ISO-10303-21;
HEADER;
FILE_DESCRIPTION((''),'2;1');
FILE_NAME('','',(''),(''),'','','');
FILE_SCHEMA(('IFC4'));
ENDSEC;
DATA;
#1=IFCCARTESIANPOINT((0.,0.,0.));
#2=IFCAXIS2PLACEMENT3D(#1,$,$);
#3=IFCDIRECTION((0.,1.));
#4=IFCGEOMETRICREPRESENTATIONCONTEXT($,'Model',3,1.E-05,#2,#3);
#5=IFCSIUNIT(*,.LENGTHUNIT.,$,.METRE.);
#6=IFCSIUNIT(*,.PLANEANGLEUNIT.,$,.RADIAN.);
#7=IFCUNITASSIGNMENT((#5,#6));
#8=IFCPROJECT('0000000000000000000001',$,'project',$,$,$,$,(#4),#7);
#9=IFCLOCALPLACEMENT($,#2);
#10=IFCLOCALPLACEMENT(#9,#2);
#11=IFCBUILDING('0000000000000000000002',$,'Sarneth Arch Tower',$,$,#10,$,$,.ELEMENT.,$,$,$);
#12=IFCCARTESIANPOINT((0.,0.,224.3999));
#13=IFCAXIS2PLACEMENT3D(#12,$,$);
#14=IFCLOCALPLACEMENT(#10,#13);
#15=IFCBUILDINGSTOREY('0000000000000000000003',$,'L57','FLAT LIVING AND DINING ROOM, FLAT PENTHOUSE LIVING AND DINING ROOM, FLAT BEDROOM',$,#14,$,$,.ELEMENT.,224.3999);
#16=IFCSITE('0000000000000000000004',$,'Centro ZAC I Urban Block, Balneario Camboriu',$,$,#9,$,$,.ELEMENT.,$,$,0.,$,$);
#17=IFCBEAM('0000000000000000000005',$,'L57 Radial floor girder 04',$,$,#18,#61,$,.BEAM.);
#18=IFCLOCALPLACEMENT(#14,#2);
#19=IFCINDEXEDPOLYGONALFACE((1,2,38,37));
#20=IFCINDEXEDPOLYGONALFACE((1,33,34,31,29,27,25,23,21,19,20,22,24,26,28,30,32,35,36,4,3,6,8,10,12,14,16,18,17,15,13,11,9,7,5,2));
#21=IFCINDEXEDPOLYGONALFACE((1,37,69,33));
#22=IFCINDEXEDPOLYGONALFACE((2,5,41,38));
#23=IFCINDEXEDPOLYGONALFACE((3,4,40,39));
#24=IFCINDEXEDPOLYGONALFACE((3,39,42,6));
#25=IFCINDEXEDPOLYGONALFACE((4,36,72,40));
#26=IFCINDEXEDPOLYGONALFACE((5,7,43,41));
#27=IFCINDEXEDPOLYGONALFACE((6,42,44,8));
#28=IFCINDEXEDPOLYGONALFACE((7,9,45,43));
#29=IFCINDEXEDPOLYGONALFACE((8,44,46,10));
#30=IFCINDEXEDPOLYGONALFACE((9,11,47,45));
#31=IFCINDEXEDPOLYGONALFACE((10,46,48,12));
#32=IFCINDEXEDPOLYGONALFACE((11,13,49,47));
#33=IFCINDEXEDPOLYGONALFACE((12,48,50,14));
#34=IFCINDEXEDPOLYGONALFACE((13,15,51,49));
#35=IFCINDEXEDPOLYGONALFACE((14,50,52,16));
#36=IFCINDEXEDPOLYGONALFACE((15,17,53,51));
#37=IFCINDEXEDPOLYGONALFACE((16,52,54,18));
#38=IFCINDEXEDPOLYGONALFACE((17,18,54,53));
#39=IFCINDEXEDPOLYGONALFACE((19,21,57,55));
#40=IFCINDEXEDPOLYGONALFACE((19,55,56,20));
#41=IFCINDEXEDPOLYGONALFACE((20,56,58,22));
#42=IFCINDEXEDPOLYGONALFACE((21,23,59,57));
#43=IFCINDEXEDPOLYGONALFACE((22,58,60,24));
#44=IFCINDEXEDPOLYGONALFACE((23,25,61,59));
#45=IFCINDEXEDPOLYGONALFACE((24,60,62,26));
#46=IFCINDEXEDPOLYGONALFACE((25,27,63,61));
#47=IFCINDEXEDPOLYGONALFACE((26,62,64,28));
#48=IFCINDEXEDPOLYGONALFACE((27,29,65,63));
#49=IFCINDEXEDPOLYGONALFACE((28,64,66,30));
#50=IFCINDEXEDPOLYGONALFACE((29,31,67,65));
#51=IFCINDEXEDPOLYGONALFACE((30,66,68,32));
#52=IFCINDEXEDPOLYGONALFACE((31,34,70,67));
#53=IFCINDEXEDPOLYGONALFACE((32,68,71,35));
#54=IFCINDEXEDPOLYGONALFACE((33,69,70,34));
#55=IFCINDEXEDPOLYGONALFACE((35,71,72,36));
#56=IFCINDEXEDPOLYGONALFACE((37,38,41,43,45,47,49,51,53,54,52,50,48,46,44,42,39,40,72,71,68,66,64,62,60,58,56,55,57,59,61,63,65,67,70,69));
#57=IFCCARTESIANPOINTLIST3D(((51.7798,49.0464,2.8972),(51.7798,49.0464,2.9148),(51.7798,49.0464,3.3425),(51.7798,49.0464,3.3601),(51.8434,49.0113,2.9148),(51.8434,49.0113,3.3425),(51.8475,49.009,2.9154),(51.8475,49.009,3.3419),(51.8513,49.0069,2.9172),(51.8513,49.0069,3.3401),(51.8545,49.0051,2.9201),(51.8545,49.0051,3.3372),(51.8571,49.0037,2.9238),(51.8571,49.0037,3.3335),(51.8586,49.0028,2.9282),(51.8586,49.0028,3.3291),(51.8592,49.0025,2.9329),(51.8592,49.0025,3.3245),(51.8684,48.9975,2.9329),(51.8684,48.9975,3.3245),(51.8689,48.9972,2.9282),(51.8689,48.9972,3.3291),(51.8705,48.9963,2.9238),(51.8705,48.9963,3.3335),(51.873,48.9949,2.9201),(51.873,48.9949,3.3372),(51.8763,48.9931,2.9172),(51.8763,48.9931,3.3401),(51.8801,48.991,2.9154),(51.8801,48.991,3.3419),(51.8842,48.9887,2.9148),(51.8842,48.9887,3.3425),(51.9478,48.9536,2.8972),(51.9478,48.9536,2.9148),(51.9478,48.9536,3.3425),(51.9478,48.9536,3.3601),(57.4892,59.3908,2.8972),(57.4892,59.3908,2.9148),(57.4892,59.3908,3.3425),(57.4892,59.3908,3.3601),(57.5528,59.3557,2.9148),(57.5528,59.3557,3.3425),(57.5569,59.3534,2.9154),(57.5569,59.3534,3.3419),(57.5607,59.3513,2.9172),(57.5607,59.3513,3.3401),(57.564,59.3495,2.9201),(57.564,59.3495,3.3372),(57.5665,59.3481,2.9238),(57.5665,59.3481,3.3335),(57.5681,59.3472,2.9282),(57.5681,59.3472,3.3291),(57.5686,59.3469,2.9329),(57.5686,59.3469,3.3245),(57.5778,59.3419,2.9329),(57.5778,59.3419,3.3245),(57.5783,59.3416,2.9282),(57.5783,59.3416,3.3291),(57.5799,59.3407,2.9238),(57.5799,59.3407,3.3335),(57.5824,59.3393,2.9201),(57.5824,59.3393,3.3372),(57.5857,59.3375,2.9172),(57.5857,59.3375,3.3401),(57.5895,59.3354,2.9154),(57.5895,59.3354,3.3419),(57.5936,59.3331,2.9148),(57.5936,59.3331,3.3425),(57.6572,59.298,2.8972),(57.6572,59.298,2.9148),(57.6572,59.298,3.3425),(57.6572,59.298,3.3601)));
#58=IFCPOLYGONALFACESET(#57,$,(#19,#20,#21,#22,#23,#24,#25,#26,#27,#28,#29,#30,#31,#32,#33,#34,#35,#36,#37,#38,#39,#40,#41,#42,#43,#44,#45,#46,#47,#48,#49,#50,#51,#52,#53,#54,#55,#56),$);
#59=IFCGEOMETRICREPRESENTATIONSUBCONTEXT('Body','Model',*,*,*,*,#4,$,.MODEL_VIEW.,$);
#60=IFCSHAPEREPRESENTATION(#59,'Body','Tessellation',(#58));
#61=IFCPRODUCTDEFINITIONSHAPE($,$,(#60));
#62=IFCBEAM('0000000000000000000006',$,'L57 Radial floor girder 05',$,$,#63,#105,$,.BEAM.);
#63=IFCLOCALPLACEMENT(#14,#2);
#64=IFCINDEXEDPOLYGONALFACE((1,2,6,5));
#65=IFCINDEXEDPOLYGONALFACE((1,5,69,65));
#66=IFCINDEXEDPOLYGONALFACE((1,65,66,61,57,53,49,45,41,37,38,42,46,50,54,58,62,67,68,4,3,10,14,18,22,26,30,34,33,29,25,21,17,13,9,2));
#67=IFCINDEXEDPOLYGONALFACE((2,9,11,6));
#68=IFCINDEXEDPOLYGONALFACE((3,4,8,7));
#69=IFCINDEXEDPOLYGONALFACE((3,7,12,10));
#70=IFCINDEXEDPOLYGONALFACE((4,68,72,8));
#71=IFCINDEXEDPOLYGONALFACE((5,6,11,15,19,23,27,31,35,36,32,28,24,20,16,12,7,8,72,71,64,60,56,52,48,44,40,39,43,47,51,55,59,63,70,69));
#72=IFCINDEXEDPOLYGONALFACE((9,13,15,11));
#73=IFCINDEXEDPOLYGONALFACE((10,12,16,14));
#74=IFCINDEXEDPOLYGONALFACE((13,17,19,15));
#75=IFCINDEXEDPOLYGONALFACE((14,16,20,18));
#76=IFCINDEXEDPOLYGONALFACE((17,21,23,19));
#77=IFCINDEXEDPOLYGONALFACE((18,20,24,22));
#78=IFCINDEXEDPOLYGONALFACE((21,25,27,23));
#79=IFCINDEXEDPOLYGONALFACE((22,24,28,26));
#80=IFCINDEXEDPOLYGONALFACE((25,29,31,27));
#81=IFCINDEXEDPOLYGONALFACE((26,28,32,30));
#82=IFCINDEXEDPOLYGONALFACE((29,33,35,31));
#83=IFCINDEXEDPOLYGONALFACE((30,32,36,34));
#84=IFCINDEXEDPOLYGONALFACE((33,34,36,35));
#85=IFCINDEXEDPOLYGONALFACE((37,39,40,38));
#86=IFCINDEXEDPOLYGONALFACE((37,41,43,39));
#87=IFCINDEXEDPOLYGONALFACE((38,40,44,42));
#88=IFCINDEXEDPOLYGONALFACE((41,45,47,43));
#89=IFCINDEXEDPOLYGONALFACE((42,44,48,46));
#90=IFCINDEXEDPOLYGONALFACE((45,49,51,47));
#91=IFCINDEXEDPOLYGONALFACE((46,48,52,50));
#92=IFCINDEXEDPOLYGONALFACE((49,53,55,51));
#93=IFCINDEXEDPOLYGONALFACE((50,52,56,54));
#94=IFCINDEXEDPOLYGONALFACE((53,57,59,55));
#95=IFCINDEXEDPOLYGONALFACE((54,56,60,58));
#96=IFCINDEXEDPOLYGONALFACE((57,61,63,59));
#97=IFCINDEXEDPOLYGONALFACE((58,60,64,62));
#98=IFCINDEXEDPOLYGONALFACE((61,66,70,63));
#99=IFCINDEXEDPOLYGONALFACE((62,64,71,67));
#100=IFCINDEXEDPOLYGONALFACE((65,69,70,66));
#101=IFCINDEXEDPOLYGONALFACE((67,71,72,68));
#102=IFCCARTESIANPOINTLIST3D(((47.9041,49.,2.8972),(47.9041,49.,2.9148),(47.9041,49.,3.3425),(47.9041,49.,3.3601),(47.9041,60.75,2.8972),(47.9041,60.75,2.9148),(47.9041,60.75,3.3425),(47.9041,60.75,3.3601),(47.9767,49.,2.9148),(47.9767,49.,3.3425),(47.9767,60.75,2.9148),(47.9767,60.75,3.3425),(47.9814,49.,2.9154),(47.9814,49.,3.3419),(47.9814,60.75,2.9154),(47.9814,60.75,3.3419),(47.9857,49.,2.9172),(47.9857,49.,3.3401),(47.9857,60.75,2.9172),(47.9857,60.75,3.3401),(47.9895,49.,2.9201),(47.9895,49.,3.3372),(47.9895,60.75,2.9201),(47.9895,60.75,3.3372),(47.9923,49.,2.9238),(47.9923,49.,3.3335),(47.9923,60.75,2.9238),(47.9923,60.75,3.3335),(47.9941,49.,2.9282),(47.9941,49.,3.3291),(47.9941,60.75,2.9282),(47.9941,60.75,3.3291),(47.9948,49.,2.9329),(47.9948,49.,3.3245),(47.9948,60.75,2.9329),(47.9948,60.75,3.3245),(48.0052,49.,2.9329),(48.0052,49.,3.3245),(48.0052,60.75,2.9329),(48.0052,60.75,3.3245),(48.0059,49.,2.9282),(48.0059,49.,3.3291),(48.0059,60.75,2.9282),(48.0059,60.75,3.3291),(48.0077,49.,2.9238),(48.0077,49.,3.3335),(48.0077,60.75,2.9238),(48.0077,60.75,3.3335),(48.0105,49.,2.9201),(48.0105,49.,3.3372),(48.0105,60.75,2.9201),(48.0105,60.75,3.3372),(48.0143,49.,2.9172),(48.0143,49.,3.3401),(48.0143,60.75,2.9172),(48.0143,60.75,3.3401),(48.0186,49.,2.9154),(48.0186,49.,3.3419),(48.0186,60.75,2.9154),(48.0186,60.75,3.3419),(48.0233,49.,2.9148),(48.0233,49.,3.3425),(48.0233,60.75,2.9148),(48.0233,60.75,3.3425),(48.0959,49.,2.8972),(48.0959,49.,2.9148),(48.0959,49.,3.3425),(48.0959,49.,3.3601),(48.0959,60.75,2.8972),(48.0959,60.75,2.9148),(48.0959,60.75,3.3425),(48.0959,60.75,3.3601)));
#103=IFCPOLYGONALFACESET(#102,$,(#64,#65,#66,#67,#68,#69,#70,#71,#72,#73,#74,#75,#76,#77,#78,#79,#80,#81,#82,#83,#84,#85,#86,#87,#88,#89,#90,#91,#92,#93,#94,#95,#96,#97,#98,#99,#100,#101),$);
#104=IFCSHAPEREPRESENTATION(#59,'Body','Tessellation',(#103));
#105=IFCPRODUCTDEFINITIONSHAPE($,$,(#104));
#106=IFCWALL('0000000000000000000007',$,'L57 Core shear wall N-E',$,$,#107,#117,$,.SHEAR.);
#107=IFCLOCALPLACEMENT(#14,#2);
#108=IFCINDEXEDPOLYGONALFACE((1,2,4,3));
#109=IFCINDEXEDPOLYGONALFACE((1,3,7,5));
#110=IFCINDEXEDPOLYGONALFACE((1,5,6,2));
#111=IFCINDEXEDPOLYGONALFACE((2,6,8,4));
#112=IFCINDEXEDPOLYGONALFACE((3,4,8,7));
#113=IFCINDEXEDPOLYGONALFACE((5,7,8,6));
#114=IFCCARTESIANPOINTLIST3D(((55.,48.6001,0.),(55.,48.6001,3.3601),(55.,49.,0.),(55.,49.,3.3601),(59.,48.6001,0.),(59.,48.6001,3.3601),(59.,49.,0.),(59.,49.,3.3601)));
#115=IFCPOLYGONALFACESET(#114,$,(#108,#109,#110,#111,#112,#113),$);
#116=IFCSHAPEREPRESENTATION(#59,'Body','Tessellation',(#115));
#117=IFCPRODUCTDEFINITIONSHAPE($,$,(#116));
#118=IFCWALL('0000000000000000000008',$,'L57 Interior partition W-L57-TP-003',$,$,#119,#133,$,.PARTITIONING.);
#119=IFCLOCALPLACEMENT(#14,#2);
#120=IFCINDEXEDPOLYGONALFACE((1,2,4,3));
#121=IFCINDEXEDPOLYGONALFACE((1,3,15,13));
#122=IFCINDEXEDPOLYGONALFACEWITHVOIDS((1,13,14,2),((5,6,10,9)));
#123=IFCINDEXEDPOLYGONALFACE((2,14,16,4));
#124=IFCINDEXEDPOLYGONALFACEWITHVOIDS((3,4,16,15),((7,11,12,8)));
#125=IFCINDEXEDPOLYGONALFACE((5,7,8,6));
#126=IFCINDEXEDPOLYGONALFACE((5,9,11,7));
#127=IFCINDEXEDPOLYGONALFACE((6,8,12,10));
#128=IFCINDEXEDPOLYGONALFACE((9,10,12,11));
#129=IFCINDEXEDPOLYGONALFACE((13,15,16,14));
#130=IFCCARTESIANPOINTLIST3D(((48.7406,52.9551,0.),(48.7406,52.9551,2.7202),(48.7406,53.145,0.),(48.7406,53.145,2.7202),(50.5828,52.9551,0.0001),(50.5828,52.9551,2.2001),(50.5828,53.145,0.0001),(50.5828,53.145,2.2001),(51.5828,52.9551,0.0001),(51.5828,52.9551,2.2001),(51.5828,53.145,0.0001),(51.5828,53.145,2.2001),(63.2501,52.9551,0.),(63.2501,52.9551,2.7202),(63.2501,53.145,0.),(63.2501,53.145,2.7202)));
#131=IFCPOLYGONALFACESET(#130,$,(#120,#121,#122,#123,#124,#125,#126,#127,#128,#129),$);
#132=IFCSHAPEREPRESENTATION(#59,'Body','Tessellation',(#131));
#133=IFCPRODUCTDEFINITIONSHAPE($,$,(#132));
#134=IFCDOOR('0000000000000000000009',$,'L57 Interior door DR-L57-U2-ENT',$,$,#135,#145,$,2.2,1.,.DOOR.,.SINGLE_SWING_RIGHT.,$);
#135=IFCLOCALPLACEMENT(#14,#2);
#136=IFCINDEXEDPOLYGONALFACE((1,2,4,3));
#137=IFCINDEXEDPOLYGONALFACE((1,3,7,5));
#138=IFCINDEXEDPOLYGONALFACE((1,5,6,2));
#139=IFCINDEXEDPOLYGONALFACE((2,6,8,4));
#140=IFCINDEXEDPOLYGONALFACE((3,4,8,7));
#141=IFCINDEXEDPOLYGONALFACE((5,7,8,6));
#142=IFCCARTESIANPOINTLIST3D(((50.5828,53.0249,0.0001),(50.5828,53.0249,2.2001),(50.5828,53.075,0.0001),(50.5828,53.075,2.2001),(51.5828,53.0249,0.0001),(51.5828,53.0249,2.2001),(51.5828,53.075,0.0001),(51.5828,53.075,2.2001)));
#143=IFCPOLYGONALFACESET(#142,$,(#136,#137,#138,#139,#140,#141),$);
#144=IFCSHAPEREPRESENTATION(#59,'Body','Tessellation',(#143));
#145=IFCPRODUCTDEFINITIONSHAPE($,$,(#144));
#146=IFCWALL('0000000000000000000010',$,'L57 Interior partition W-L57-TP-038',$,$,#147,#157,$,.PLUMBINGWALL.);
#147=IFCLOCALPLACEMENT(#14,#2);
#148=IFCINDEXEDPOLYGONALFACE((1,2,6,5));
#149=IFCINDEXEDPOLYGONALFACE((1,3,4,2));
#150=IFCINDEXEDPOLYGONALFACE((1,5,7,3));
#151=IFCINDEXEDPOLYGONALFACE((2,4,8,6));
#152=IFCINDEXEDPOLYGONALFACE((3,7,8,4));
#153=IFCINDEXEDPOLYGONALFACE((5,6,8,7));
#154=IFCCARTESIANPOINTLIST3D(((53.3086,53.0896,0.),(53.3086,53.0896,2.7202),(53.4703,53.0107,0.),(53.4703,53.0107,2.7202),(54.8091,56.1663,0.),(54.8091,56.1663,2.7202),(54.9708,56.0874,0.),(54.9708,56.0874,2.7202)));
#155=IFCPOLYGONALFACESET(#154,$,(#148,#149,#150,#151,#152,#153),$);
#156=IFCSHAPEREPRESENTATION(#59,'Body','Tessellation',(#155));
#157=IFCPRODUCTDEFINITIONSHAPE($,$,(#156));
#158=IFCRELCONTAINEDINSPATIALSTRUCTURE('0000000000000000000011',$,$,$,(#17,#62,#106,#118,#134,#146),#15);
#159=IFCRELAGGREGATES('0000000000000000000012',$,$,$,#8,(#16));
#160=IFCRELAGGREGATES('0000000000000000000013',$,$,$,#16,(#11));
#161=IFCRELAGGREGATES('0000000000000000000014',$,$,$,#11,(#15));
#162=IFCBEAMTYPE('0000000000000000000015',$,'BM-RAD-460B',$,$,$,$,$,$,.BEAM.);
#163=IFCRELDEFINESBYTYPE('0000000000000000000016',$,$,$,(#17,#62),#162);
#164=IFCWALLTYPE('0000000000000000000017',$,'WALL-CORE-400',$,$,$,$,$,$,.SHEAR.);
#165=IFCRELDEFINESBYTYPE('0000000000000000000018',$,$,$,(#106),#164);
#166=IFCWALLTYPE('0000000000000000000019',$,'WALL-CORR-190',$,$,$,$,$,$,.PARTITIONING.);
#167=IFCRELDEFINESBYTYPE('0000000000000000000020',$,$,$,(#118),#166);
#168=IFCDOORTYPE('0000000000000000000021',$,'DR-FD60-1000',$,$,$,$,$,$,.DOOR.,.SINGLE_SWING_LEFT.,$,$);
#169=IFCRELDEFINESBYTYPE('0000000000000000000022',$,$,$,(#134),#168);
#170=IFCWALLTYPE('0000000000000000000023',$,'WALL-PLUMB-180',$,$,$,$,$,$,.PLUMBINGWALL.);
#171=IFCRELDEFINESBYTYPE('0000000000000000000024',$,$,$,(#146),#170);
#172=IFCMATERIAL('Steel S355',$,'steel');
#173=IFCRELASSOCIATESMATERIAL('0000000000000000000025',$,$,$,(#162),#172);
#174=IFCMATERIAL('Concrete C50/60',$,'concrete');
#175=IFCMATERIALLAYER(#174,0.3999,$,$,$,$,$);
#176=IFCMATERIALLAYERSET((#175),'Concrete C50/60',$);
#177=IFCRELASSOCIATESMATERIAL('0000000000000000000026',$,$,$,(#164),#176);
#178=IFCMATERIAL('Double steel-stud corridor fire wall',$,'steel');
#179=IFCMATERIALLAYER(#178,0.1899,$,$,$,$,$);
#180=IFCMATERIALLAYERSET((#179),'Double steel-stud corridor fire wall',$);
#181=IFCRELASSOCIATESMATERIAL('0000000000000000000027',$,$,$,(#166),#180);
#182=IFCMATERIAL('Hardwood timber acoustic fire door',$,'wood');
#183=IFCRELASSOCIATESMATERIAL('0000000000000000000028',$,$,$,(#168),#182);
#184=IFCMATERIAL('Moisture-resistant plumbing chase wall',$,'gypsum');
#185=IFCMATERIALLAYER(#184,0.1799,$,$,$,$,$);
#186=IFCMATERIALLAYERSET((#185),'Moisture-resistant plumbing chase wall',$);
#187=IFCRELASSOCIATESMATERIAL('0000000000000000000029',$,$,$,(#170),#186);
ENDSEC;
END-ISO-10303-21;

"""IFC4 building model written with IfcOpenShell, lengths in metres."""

from ifc_helpers import new_model, si_unit, direction, frame, frame_2d, origin, origin_2d, place, context, subcontext, project, spatial, rectangle, i_section, extrude, material, layer, layer_set, material_profile, profile_set, type_object, element, fill, save


model = new_model("IFC4")

# Units and contexts
model_context = context("Model", 3, precision=1e-05, world=origin(), true_north=direction((0.0, 1.0)))
body_context = subcontext(model_context, "Body", "Model", "MODEL_VIEW")
ifc_project = project(units=[si_unit("LENGTHUNIT", "METRE"), si_unit("PLANEANGLEUNIT", "RADIAN")], contexts=[model_context])

# Site, building, storey
site_placement = place(None, origin())
site = spatial("IfcSite", under=ifc_project, at=site_placement, Name="Centro ZAC I Urban Block, Balneario Camboriu", CompositionType="ELEMENT", RefElevation=0.0)
building_placement = place(site_placement, origin())
building = spatial("IfcBuilding", under=site, at=building_placement, Name="Sarneth Arch Tower", CompositionType="ELEMENT")
storey_placement = place(building_placement, frame((0.0, 0.0, 224.3999)))
storey = spatial("IfcBuildingStorey", under=building, at=storey_placement, Name="L57", Description="FLAT LIVING AND DINING ROOM, FLAT PENTHOUSE LIVING AND DINING ROOM, FLAT BEDROOM", CompositionType="ELEMENT", Elevation=224.3999)

# Beams
ifc_material_1 = material(Name="Steel S355", Category="steel")
ifc_material_profile_1 = material_profile(ifc_material_1, i_section(OverallWidth=0.1919, OverallDepth=0.4629, WebThickness=0.0105, FlangeThickness=0.0176, FilletRadius=0.0181, at=origin_2d()), Name="W460x89")
ifc_profile_set_1 = profile_set([ifc_material_profile_1], Name="Steel S355")
beam_type_1 = type_object("IfcBeamType", Name="BM-RAD-460B", PredefinedType="BEAM", material=ifc_profile_set_1)
beam_1_placement = place(storey_placement, frame((51.8638, 49.0, 3.1287), z_axis=(0.483218, 0.8755, 0.0), x_axis=(-0.8755, 0.483218, 0.0)))
element("IfcBeam", 1, at=beam_1_placement, inside=storey, type_object=beam_type_1, Name="L57 Radial floor girder 04", PredefinedType="BEAM", context=body_context, shape_type="SweptSolid", body=[
    extrude(i_section(OverallWidth=0.1919, OverallDepth=0.4629, WebThickness=0.0105, FlangeThickness=0.0176, FilletRadius=0.0181, at=origin_2d()), origin(), (0.0, 0.0, 1.0), 11.8154),
])
beam_2_placement = place(storey_placement, frame((48.0, 49.0, 3.1287), z_axis=(0.0, 1.0, 0.0), x_axis=(-1.0, 0.0, 0.0)))
element("IfcBeam", 2, at=beam_2_placement, inside=storey, type_object=beam_type_1, Name="L57 Radial floor girder 05", PredefinedType="BEAM", context=body_context, shape_type="SweptSolid", body=[
    extrude(i_section(OverallWidth=0.1919, OverallDepth=0.4629, WebThickness=0.0105, FlangeThickness=0.0176, FilletRadius=0.0181, at=origin_2d()), origin(), (0.0, 0.0, 1.0), 11.75),
])

# Wall
ifc_material_2 = material(Name="Concrete C50/60", Category="concrete")
ifc_layer_1 = layer(ifc_material_2, 0.3999)
ifc_layer_set_1 = layer_set([ifc_layer_1], Name="Concrete C50/60")
wall_type_1 = type_object("IfcWallType", Name="WALL-CORE-400", PredefinedType="SHEAR", material=ifc_layer_set_1)
wall_1_placement = place(storey_placement, frame((55.0, 48.8, 0.0), z_axis=(0.0, 0.0, 1.0), x_axis=(1.0, 0.0, 0.0)))
element("IfcWall", 3, at=wall_1_placement, inside=storey, type_object=wall_type_1, Name="L57 Core shear wall N-E", PredefinedType="SHEAR", context=body_context, shape_type="SweptSolid", body=[
    extrude(rectangle(XDim=4.0, YDim=0.3999, at=frame_2d((2.0, 0.0))), origin(), (0.0, 0.0, 1.0), 3.3601),
])

# Wall, opening, door
ifc_material_3 = material(Name="Double steel-stud corridor fire wall", Category="steel")
ifc_layer_2 = layer(ifc_material_3, 0.1899)
ifc_layer_set_2 = layer_set([ifc_layer_2], Name="Double steel-stud corridor fire wall")
wall_type_2 = type_object("IfcWallType", Name="WALL-CORR-190", PredefinedType="PARTITIONING", material=ifc_layer_set_2)
wall_2_placement = place(storey_placement, frame((48.7405, 53.05, 0.0), z_axis=(0.0, 0.0, 1.0), x_axis=(1.0, 0.0, 0.0)))
wall_2 = element("IfcWall", 4, at=wall_2_placement, inside=storey, type_object=wall_type_2, Name="L57 Interior partition W-L57-TP-003", PredefinedType="PARTITIONING", context=body_context, shape_type="SweptSolid", body=[
    extrude(rectangle(XDim=14.5095, YDim=0.1899, at=frame_2d((7.2549, 0.0))), origin(), (0.0, 0.0, 1.0), 2.7202),
])
opening_1_placement = place(wall_2_placement, frame((1.8423, 0.0, 0.0)))
opening_1 = element("IfcOpeningElement", 5, at=opening_1_placement, cuts=wall_2, PredefinedType="OPENING", context=body_context, shape_type="SweptSolid", body=[
    extrude(rectangle(XDim=1.0, YDim=2.2, at=frame_2d((0.5, 1.1001))), frame((0.0, 0.105, 0.0), z_axis=(0.0, -1.0, 0.0), x_axis=(1.0, 0.0, 0.0)), (0.0, 0.0, 1.0), 0.21),
])
ifc_material_4 = material(Name="Hardwood timber acoustic fire door", Category="wood")
door_type_1 = type_object("IfcDoorType", Name="DR-FD60-1000", OperationType="SINGLE_SWING_LEFT", PredefinedType="DOOR", material=ifc_material_4)
door_1_placement = place(opening_1_placement, origin())
door_1 = element("IfcDoor", 6, at=door_1_placement, inside=storey, type_object=door_type_1, Name="L57 Interior door DR-L57-U2-ENT", OperationType="SINGLE_SWING_RIGHT", OverallHeight=2.2, OverallWidth=1.0, PredefinedType="DOOR", context=body_context, shape_type="SweptSolid", body=[
    extrude(rectangle(XDim=1.0, YDim=2.2, at=frame_2d((0.5, 1.1001))), frame((0.0, 0.0249, 0.0), z_axis=(0.0, -1.0, 0.0), x_axis=(1.0, 0.0, 0.0)), (0.0, 0.0, 1.0), 0.05),
])
fill(opening_1, door_1)

# Wall
ifc_material_5 = material(Name="Moisture-resistant plumbing chase wall", Category="gypsum")
ifc_layer_3 = layer(ifc_material_5, 0.1799)
ifc_layer_set_3 = layer_set([ifc_layer_3], Name="Moisture-resistant plumbing chase wall")
wall_type_3 = type_object("IfcWallType", Name="WALL-PLUMB-180", PredefinedType="PLUMBINGWALL", material=ifc_layer_set_3)
wall_3_placement = place(storey_placement, frame((54.8899, 56.1267, 0.0), z_axis=(0.0, 0.0, 1.0), x_axis=(-0.438348, -0.898805, 0.0)))
element("IfcWall", 7, at=wall_3_placement, inside=storey, type_object=wall_type_3, Name="L57 Interior partition W-L57-TP-038", PredefinedType="PLUMBINGWALL", context=body_context, shape_type="SweptSolid", body=[
    extrude(rectangle(XDim=3.4231, YDim=0.1799, at=frame_2d((1.7114, 0.0))), origin(), (0.0, 0.0, 1.0), 2.7202),
])

save(model, "model.ifc")
